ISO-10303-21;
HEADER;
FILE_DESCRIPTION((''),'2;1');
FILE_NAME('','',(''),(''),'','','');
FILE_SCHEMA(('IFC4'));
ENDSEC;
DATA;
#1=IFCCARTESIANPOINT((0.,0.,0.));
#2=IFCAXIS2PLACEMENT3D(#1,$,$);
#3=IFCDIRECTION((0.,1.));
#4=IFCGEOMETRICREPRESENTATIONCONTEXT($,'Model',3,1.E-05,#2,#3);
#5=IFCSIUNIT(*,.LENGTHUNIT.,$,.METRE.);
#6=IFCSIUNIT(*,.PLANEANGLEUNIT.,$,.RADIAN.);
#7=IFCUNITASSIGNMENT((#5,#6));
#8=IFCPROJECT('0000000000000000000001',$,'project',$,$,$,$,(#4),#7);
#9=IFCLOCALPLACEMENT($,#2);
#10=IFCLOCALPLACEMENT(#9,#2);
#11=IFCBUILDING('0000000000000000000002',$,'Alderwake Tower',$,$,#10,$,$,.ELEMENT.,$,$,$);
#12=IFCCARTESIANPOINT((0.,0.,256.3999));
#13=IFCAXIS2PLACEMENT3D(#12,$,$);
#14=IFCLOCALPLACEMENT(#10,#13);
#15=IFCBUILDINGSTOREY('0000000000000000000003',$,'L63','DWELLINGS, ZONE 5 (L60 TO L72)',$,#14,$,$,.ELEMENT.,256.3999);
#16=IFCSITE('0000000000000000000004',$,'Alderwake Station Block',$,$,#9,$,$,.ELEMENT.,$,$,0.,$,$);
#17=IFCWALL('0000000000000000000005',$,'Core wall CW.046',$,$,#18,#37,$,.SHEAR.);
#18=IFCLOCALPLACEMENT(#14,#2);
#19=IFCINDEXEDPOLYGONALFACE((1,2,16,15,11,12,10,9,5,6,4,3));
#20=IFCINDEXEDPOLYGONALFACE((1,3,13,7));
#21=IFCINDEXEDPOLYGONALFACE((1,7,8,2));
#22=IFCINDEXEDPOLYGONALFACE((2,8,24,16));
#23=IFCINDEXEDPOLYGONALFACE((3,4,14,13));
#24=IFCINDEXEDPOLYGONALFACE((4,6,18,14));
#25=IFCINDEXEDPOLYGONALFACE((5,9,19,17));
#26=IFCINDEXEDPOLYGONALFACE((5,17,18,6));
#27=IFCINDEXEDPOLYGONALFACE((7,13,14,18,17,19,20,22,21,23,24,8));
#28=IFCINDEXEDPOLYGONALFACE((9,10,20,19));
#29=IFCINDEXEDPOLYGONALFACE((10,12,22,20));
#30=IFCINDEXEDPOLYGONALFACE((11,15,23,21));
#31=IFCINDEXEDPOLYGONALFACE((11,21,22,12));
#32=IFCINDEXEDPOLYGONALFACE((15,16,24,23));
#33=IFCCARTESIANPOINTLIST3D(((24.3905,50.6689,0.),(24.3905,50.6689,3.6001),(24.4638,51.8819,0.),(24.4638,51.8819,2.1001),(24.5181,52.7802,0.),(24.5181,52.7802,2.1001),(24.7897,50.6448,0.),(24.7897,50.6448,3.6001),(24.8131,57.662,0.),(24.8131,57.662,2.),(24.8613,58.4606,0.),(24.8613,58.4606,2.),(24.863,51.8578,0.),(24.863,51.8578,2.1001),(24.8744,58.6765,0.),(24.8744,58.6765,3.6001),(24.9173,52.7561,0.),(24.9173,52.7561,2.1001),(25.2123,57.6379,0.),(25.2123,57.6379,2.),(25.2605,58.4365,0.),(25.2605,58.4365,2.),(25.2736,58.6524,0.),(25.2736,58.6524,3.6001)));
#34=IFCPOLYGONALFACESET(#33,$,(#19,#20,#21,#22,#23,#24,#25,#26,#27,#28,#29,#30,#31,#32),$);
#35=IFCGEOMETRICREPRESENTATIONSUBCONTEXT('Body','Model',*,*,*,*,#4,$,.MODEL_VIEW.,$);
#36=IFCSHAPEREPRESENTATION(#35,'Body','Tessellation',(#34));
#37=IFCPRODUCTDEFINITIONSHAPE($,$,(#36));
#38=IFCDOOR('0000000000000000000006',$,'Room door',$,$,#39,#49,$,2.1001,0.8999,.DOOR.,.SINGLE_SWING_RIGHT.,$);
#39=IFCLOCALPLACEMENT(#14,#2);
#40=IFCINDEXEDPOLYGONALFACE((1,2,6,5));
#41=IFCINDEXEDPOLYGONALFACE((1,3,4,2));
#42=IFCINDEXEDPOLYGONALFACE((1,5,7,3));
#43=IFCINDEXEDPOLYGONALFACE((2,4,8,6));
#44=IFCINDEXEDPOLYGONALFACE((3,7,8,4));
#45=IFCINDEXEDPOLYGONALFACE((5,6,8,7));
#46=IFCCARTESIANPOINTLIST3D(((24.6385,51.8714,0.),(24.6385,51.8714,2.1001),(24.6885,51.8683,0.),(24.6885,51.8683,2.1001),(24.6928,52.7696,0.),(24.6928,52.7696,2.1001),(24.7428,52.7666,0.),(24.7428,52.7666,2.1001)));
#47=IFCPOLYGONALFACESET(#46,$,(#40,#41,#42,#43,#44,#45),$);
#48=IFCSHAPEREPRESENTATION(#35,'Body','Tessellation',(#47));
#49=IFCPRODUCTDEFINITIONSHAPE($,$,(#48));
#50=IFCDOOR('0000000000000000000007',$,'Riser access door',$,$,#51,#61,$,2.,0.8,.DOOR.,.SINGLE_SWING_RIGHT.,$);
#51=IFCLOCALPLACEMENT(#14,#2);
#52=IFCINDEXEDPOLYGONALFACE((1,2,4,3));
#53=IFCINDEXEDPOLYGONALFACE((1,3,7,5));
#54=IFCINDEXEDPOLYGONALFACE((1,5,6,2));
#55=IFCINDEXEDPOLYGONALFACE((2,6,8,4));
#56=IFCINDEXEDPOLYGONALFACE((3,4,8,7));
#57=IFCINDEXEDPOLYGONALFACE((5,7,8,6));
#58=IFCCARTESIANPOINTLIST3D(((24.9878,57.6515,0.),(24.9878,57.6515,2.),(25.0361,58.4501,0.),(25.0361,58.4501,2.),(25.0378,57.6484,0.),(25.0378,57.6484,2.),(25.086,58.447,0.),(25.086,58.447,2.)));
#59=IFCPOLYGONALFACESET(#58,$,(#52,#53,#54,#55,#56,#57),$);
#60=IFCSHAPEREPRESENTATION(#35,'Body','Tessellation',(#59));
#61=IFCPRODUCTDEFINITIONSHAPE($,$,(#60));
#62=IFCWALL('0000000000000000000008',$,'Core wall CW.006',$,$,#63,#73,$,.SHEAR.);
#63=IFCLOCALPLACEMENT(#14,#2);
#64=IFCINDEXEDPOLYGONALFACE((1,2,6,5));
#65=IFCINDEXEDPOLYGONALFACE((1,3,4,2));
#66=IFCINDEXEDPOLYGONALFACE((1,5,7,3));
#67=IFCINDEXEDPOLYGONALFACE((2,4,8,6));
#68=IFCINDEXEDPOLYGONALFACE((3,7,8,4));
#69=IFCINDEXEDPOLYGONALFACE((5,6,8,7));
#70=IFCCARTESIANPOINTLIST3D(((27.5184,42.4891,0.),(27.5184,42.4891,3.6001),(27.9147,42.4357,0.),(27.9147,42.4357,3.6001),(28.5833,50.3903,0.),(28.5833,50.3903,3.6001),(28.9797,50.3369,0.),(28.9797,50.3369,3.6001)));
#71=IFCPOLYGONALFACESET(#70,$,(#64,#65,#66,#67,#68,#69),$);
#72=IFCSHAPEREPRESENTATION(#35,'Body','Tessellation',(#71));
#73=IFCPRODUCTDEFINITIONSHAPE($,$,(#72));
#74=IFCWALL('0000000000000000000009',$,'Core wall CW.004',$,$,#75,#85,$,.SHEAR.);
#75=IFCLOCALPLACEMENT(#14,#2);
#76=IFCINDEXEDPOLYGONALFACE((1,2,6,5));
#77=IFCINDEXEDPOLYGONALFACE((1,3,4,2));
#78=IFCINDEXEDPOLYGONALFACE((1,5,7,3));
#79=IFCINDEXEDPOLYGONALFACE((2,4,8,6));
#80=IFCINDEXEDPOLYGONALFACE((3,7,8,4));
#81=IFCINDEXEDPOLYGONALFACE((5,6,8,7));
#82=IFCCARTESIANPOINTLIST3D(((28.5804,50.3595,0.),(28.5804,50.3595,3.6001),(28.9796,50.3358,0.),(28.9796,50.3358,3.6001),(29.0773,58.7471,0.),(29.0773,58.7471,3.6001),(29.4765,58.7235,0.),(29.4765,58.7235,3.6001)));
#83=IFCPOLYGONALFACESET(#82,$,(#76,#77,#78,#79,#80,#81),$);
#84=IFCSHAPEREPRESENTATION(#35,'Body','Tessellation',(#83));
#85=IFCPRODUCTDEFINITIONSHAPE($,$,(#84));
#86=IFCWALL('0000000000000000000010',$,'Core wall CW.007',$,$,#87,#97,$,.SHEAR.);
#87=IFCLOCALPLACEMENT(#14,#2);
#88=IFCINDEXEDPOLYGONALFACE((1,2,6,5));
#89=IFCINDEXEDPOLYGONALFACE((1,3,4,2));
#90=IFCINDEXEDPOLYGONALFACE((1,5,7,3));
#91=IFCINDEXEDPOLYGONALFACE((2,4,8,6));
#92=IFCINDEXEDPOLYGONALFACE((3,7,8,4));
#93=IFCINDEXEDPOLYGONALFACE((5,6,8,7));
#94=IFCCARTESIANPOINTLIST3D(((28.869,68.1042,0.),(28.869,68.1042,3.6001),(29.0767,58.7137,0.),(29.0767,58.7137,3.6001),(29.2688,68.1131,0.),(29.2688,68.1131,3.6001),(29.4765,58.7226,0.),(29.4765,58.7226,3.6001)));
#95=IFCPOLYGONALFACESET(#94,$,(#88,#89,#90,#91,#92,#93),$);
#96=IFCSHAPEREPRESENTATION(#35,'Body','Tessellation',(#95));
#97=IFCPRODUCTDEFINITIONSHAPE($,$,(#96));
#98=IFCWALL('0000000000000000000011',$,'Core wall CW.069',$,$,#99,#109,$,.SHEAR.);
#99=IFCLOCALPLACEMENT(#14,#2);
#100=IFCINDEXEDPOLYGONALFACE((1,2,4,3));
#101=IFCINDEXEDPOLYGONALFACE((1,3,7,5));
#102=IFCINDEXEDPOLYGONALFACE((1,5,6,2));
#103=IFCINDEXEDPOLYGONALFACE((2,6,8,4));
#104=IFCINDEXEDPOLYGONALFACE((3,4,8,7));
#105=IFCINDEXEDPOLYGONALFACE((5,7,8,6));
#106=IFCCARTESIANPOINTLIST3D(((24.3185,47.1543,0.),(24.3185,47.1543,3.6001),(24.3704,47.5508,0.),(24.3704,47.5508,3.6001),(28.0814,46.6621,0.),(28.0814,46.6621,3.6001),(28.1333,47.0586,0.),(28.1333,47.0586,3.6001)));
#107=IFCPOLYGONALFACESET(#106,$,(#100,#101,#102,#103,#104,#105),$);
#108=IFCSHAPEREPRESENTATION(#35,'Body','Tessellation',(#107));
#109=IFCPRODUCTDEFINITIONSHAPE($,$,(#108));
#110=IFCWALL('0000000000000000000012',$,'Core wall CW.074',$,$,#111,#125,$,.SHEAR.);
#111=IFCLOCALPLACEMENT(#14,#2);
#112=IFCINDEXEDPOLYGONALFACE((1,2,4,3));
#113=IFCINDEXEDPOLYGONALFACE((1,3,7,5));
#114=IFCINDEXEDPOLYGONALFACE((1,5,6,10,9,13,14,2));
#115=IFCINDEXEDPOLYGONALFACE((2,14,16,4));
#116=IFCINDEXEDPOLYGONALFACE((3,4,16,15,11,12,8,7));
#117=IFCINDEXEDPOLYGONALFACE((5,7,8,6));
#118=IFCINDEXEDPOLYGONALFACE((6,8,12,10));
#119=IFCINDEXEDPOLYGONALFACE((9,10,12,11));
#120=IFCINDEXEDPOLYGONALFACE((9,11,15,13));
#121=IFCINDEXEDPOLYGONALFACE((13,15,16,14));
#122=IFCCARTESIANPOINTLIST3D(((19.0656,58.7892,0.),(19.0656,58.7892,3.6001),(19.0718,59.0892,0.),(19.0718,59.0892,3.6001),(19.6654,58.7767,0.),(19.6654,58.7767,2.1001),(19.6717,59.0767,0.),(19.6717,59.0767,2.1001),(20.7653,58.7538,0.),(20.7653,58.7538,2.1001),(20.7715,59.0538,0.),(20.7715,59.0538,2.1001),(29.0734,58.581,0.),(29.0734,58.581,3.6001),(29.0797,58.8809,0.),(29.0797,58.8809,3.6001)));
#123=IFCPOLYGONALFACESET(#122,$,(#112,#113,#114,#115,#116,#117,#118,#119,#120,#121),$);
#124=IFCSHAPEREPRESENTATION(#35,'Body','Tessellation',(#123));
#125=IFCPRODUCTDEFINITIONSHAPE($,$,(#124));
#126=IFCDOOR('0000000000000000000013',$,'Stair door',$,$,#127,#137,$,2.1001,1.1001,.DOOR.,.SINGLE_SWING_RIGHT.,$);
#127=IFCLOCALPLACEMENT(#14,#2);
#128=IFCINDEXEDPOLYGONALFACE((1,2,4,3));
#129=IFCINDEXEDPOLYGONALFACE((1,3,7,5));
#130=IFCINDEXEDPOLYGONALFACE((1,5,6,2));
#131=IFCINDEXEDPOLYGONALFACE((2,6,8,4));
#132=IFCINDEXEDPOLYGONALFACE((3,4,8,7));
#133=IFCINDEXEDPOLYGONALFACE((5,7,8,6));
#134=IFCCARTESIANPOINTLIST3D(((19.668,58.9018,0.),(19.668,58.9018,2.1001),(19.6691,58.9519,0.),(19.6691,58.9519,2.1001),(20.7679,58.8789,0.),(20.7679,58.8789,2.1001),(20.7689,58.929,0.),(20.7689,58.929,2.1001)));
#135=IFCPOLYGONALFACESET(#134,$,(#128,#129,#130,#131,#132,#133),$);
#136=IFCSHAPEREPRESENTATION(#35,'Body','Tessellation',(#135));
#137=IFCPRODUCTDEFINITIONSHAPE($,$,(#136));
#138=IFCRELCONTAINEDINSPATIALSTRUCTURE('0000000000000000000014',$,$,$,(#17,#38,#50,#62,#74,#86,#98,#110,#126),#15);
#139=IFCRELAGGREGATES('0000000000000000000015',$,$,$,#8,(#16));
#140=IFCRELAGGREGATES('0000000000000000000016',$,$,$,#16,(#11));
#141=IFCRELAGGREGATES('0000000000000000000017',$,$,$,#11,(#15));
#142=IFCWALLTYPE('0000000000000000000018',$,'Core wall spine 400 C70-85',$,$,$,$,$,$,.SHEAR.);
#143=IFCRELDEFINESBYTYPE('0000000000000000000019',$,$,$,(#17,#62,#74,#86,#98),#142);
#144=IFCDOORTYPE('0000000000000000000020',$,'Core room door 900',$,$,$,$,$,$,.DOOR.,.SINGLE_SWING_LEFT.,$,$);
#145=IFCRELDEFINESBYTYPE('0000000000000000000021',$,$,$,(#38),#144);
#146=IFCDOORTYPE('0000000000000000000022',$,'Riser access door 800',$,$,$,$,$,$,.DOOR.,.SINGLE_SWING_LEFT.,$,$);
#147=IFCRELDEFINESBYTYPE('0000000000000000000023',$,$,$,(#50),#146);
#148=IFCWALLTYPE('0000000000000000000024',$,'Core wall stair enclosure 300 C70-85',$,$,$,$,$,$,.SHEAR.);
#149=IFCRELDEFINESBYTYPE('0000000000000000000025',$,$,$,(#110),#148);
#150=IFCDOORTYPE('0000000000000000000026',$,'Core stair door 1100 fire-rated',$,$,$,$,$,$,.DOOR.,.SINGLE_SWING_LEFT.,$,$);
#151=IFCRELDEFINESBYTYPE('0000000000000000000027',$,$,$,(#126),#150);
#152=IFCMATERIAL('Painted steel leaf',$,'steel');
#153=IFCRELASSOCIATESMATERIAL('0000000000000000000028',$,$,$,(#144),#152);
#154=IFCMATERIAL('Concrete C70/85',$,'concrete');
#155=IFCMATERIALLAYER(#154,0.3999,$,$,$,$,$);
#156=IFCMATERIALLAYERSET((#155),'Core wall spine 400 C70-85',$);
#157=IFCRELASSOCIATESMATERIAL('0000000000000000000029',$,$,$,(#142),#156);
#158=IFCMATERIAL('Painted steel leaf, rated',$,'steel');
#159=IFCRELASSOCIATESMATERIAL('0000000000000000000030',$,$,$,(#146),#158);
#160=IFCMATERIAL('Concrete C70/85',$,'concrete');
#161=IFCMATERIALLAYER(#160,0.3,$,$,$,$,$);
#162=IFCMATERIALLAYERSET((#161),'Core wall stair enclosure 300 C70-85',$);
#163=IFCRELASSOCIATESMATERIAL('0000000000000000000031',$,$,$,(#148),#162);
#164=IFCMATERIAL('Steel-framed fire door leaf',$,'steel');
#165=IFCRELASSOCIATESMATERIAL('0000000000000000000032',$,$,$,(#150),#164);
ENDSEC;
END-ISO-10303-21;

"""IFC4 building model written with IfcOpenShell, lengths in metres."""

from ifc_helpers import new_model, si_unit, direction, frame, frame_2d, origin, place, context, subcontext, project, spatial, rectangle, extrude, material, layer, layer_set, type_object, element, fill, save


model = new_model("IFC4")

# Units and contexts
model_context = context("Model", 3, precision=1e-05, world=origin(), true_north=direction((0.0, 1.0)))
body_context = subcontext(model_context, "Body", "Model", "MODEL_VIEW")
ifc_project = project(units=[si_unit("LENGTHUNIT", "METRE"), si_unit("PLANEANGLEUNIT", "RADIAN")], contexts=[model_context])

# Site, building, storey
site_placement = place(None, origin())
site = spatial("IfcSite", under=ifc_project, at=site_placement, Name="Alderwake Station Block", CompositionType="ELEMENT", RefElevation=0.0)
building_placement = place(site_placement, origin())
building = spatial("IfcBuilding", under=site, at=building_placement, Name="Alderwake Tower", CompositionType="ELEMENT")
storey_placement = place(building_placement, frame((0.0, 0.0, 256.3999)))
storey = spatial("IfcBuildingStorey", under=building, at=storey_placement, Name="L63", Description="DWELLINGS, ZONE 5 (L60 TO L72)", CompositionType="ELEMENT", Elevation=256.3999)

# Shared definitions
ifc_material_1 = material(Name="Painted steel leaf", Category="steel")
door_type_1 = type_object("IfcDoorType", Name="Core room door 900", OperationType="SINGLE_SWING_LEFT", PredefinedType="DOOR", material=ifc_material_1)

# Wall, openings, doors
ifc_material_2 = material(Name="Concrete C70/85", Category="concrete")
ifc_layer_1 = layer(ifc_material_2, 0.3999)
ifc_layer_set_1 = layer_set([ifc_layer_1], Name="Core wall spine 400 C70-85")
wall_type_1 = type_object("IfcWallType", Name="Core wall spine 400 C70-85", PredefinedType="SHEAR", material=ifc_layer_set_1)
wall_1_placement = place(storey_placement, frame((24.5901, 50.6567, 0.0), z_axis=(0.0, 0.0, 1.0), x_axis=(0.060319, 0.998179, 0.0)))
wall_1 = element("IfcWall", 1, at=wall_1_placement, inside=storey, type_object=wall_type_1, Name="Core wall CW.046", PredefinedType="SHEAR", context=body_context, shape_type="SweptSolid", body=[
    extrude(rectangle(XDim=8.0222, YDim=0.3999, at=frame_2d((4.0112, 0.0))), origin(), (0.0, 0.0, 1.0), 3.6001),
])
opening_1_placement = place(wall_1_placement, frame((7.0061, 0.0, 0.0)))
opening_1 = element("IfcOpeningElement", 2, at=opening_1_placement, cuts=wall_1, PredefinedType="OPENING", context=body_context, shape_type="SweptSolid", body=[
    extrude(rectangle(XDim=0.8, YDim=2.0, at=frame_2d((0.3999, 1.0))), frame((0.0, 0.21, 0.0), z_axis=(0.0, -1.0, 0.0), x_axis=(1.0, 0.0, 0.0)), (0.0, 0.0, 1.0), 0.4199),
])
opening_2_placement = place(wall_1_placement, frame((1.2153, 0.0, 0.0)))
opening_2 = element("IfcOpeningElement", 3, at=opening_2_placement, cuts=wall_1, PredefinedType="OPENING", context=body_context, shape_type="SweptSolid", body=[
    extrude(rectangle(XDim=0.8999, YDim=2.1001, at=frame_2d((0.45, 1.05))), frame((0.0, 0.21, 0.0), z_axis=(0.0, -1.0, 0.0), x_axis=(1.0, 0.0, 0.0)), (0.0, 0.0, 1.0), 0.4199),
])
door_1_placement = place(opening_2_placement, origin())
door_1 = element("IfcDoor", 4, at=door_1_placement, inside=storey, type_object=door_type_1, Name="Room door", OperationType="SINGLE_SWING_RIGHT", OverallHeight=2.1001, OverallWidth=0.8999, PredefinedType="DOOR", context=body_context, shape_type="SweptSolid", body=[
    extrude(rectangle(XDim=0.8999, YDim=2.1001, at=frame_2d((0.45, 1.05))), frame((0.0, 0.0249, 0.0), z_axis=(0.0, -1.0, 0.0), x_axis=(1.0, 0.0, 0.0)), (0.0, 0.0, 1.0), 0.05),
])
fill(opening_2, door_1)
ifc_material_3 = material(Name="Painted steel leaf, rated", Category="steel")
door_type_2 = type_object("IfcDoorType", Name="Riser access door 800", OperationType="SINGLE_SWING_LEFT", PredefinedType="DOOR", material=ifc_material_3)
door_2_placement = place(opening_1_placement, origin())
door_2 = element("IfcDoor", 5, at=door_2_placement, inside=storey, type_object=door_type_2, Name="Riser access door", OperationType="SINGLE_SWING_RIGHT", OverallHeight=2.0, OverallWidth=0.8, PredefinedType="DOOR", context=body_context, shape_type="SweptSolid", body=[
    extrude(rectangle(XDim=0.8, YDim=2.0, at=frame_2d((0.3999, 1.0))), frame((0.0, 0.0249, 0.0), z_axis=(0.0, -1.0, 0.0), x_axis=(1.0, 0.0, 0.0)), (0.0, 0.0, 1.0), 0.05),
])
fill(opening_1, door_2)

# Walls
wall_2_placement = place(storey_placement, frame((27.7166, 42.4624, 0.0), z_axis=(0.0, 0.0, 1.0), x_axis=(0.133576, 0.991039, 0.0)))
element("IfcWall", 6, at=wall_2_placement, inside=storey, type_object=wall_type_1, Name="Core wall CW.006", PredefinedType="SHEAR", context=body_context, shape_type="SweptSolid", body=[
    extrude(rectangle(XDim=7.9727, YDim=0.3999, at=frame_2d((3.9863, 0.0))), origin(), (0.0, 0.0, 1.0), 3.6001),
])
wall_3_placement = place(storey_placement, frame((28.78, 50.3477, 0.0), z_axis=(0.0, 0.0, 1.0), x_axis=(0.059129, 0.99825, 0.0)))
element("IfcWall", 7, at=wall_3_placement, inside=storey, type_object=wall_type_1, Name="Core wall CW.004", PredefinedType="SHEAR", context=body_context, shape_type="SweptSolid", body=[
    extrude(rectangle(XDim=8.4023, YDim=0.3999, at=frame_2d((4.2012, 0.0))), origin(), (0.0, 0.0, 1.0), 3.6001),
])
wall_4_placement = place(storey_placement, frame((29.2766, 58.7183, 0.0), z_axis=(0.0, 0.0, 1.0), x_axis=(-0.022119, 0.999755, 0.0)))
element("IfcWall", 8, at=wall_4_placement, inside=storey, type_object=wall_type_1, Name="Core wall CW.007", PredefinedType="SHEAR", context=body_context, shape_type="SweptSolid", body=[
    extrude(rectangle(XDim=9.3928, YDim=0.3999, at=frame_2d((4.6963, 0.0))), origin(), (0.0, 0.0, 1.0), 3.6001),
])
wall_5_placement = place(storey_placement, frame((24.3445, 47.3525, 0.0), z_axis=(0.0, 0.0, 1.0), x_axis=(0.991554, -0.129694, 0.0)))
element("IfcWall", 9, at=wall_5_placement, inside=storey, type_object=wall_type_1, Name="Core wall CW.069", PredefinedType="SHEAR", context=body_context, shape_type="SweptSolid", body=[
    extrude(rectangle(XDim=3.7949, YDim=0.3999, at=frame_2d((1.8975, 0.0))), origin(), (0.0, 0.0, 1.0), 3.6001),
])

# Wall, opening, door
ifc_material_4 = material(Name="Concrete C70/85", Category="concrete")
ifc_layer_2 = layer(ifc_material_4, 0.3)
ifc_layer_set_2 = layer_set([ifc_layer_2], Name="Core wall stair enclosure 300 C70-85")
wall_type_2 = type_object("IfcWallType", Name="Core wall stair enclosure 300 C70-85", PredefinedType="SHEAR", material=ifc_layer_set_2)
wall_6_placement = place(storey_placement, frame((29.0764, 58.731, 0.0), z_axis=(0.0, 0.0, 1.0), x_axis=(-0.999784, 0.020804, 0.0)))
wall_6 = element("IfcWall", 10, at=wall_6_placement, inside=storey, type_object=wall_type_2, Name="Core wall CW.074", PredefinedType="SHEAR", context=body_context, shape_type="SweptSolid", body=[
    extrude(rectangle(XDim=10.01, YDim=0.3, at=frame_2d((5.0049, 0.0))), origin(), (0.0, 0.0, 1.0), 3.6001),
])
opening_3_placement = place(wall_6_placement, frame((8.3098, 0.0, 0.0)))
opening_3 = element("IfcOpeningElement", 11, at=opening_3_placement, cuts=wall_6, PredefinedType="OPENING", context=body_context, shape_type="SweptSolid", body=[
    extrude(rectangle(XDim=1.1001, YDim=2.1001, at=frame_2d((0.55, 1.05))), frame((0.0, 0.1599, 0.0), z_axis=(0.0, -1.0, 0.0), x_axis=(1.0, 0.0, 0.0)), (0.0, 0.0, 1.0), 0.3201),
])
ifc_material_5 = material(Name="Steel-framed fire door leaf", Category="steel")
door_type_3 = type_object("IfcDoorType", Name="Core stair door 1100 fire-rated", OperationType="SINGLE_SWING_LEFT", PredefinedType="DOOR", material=ifc_material_5)
door_3_placement = place(opening_3_placement, origin())
door_3 = element("IfcDoor", 12, at=door_3_placement, inside=storey, type_object=door_type_3, Name="Stair door", OperationType="SINGLE_SWING_RIGHT", OverallHeight=2.1001, OverallWidth=1.1001, PredefinedType="DOOR", context=body_context, shape_type="SweptSolid", body=[
    extrude(rectangle(XDim=1.1001, YDim=2.1001, at=frame_2d((0.55, 1.05))), frame((0.0, 0.0249, 0.0), z_axis=(0.0, -1.0, 0.0), x_axis=(1.0, 0.0, 0.0)), (0.0, 0.0, 1.0), 0.05),
])
fill(opening_3, door_3)

save(model, "model.ifc")
